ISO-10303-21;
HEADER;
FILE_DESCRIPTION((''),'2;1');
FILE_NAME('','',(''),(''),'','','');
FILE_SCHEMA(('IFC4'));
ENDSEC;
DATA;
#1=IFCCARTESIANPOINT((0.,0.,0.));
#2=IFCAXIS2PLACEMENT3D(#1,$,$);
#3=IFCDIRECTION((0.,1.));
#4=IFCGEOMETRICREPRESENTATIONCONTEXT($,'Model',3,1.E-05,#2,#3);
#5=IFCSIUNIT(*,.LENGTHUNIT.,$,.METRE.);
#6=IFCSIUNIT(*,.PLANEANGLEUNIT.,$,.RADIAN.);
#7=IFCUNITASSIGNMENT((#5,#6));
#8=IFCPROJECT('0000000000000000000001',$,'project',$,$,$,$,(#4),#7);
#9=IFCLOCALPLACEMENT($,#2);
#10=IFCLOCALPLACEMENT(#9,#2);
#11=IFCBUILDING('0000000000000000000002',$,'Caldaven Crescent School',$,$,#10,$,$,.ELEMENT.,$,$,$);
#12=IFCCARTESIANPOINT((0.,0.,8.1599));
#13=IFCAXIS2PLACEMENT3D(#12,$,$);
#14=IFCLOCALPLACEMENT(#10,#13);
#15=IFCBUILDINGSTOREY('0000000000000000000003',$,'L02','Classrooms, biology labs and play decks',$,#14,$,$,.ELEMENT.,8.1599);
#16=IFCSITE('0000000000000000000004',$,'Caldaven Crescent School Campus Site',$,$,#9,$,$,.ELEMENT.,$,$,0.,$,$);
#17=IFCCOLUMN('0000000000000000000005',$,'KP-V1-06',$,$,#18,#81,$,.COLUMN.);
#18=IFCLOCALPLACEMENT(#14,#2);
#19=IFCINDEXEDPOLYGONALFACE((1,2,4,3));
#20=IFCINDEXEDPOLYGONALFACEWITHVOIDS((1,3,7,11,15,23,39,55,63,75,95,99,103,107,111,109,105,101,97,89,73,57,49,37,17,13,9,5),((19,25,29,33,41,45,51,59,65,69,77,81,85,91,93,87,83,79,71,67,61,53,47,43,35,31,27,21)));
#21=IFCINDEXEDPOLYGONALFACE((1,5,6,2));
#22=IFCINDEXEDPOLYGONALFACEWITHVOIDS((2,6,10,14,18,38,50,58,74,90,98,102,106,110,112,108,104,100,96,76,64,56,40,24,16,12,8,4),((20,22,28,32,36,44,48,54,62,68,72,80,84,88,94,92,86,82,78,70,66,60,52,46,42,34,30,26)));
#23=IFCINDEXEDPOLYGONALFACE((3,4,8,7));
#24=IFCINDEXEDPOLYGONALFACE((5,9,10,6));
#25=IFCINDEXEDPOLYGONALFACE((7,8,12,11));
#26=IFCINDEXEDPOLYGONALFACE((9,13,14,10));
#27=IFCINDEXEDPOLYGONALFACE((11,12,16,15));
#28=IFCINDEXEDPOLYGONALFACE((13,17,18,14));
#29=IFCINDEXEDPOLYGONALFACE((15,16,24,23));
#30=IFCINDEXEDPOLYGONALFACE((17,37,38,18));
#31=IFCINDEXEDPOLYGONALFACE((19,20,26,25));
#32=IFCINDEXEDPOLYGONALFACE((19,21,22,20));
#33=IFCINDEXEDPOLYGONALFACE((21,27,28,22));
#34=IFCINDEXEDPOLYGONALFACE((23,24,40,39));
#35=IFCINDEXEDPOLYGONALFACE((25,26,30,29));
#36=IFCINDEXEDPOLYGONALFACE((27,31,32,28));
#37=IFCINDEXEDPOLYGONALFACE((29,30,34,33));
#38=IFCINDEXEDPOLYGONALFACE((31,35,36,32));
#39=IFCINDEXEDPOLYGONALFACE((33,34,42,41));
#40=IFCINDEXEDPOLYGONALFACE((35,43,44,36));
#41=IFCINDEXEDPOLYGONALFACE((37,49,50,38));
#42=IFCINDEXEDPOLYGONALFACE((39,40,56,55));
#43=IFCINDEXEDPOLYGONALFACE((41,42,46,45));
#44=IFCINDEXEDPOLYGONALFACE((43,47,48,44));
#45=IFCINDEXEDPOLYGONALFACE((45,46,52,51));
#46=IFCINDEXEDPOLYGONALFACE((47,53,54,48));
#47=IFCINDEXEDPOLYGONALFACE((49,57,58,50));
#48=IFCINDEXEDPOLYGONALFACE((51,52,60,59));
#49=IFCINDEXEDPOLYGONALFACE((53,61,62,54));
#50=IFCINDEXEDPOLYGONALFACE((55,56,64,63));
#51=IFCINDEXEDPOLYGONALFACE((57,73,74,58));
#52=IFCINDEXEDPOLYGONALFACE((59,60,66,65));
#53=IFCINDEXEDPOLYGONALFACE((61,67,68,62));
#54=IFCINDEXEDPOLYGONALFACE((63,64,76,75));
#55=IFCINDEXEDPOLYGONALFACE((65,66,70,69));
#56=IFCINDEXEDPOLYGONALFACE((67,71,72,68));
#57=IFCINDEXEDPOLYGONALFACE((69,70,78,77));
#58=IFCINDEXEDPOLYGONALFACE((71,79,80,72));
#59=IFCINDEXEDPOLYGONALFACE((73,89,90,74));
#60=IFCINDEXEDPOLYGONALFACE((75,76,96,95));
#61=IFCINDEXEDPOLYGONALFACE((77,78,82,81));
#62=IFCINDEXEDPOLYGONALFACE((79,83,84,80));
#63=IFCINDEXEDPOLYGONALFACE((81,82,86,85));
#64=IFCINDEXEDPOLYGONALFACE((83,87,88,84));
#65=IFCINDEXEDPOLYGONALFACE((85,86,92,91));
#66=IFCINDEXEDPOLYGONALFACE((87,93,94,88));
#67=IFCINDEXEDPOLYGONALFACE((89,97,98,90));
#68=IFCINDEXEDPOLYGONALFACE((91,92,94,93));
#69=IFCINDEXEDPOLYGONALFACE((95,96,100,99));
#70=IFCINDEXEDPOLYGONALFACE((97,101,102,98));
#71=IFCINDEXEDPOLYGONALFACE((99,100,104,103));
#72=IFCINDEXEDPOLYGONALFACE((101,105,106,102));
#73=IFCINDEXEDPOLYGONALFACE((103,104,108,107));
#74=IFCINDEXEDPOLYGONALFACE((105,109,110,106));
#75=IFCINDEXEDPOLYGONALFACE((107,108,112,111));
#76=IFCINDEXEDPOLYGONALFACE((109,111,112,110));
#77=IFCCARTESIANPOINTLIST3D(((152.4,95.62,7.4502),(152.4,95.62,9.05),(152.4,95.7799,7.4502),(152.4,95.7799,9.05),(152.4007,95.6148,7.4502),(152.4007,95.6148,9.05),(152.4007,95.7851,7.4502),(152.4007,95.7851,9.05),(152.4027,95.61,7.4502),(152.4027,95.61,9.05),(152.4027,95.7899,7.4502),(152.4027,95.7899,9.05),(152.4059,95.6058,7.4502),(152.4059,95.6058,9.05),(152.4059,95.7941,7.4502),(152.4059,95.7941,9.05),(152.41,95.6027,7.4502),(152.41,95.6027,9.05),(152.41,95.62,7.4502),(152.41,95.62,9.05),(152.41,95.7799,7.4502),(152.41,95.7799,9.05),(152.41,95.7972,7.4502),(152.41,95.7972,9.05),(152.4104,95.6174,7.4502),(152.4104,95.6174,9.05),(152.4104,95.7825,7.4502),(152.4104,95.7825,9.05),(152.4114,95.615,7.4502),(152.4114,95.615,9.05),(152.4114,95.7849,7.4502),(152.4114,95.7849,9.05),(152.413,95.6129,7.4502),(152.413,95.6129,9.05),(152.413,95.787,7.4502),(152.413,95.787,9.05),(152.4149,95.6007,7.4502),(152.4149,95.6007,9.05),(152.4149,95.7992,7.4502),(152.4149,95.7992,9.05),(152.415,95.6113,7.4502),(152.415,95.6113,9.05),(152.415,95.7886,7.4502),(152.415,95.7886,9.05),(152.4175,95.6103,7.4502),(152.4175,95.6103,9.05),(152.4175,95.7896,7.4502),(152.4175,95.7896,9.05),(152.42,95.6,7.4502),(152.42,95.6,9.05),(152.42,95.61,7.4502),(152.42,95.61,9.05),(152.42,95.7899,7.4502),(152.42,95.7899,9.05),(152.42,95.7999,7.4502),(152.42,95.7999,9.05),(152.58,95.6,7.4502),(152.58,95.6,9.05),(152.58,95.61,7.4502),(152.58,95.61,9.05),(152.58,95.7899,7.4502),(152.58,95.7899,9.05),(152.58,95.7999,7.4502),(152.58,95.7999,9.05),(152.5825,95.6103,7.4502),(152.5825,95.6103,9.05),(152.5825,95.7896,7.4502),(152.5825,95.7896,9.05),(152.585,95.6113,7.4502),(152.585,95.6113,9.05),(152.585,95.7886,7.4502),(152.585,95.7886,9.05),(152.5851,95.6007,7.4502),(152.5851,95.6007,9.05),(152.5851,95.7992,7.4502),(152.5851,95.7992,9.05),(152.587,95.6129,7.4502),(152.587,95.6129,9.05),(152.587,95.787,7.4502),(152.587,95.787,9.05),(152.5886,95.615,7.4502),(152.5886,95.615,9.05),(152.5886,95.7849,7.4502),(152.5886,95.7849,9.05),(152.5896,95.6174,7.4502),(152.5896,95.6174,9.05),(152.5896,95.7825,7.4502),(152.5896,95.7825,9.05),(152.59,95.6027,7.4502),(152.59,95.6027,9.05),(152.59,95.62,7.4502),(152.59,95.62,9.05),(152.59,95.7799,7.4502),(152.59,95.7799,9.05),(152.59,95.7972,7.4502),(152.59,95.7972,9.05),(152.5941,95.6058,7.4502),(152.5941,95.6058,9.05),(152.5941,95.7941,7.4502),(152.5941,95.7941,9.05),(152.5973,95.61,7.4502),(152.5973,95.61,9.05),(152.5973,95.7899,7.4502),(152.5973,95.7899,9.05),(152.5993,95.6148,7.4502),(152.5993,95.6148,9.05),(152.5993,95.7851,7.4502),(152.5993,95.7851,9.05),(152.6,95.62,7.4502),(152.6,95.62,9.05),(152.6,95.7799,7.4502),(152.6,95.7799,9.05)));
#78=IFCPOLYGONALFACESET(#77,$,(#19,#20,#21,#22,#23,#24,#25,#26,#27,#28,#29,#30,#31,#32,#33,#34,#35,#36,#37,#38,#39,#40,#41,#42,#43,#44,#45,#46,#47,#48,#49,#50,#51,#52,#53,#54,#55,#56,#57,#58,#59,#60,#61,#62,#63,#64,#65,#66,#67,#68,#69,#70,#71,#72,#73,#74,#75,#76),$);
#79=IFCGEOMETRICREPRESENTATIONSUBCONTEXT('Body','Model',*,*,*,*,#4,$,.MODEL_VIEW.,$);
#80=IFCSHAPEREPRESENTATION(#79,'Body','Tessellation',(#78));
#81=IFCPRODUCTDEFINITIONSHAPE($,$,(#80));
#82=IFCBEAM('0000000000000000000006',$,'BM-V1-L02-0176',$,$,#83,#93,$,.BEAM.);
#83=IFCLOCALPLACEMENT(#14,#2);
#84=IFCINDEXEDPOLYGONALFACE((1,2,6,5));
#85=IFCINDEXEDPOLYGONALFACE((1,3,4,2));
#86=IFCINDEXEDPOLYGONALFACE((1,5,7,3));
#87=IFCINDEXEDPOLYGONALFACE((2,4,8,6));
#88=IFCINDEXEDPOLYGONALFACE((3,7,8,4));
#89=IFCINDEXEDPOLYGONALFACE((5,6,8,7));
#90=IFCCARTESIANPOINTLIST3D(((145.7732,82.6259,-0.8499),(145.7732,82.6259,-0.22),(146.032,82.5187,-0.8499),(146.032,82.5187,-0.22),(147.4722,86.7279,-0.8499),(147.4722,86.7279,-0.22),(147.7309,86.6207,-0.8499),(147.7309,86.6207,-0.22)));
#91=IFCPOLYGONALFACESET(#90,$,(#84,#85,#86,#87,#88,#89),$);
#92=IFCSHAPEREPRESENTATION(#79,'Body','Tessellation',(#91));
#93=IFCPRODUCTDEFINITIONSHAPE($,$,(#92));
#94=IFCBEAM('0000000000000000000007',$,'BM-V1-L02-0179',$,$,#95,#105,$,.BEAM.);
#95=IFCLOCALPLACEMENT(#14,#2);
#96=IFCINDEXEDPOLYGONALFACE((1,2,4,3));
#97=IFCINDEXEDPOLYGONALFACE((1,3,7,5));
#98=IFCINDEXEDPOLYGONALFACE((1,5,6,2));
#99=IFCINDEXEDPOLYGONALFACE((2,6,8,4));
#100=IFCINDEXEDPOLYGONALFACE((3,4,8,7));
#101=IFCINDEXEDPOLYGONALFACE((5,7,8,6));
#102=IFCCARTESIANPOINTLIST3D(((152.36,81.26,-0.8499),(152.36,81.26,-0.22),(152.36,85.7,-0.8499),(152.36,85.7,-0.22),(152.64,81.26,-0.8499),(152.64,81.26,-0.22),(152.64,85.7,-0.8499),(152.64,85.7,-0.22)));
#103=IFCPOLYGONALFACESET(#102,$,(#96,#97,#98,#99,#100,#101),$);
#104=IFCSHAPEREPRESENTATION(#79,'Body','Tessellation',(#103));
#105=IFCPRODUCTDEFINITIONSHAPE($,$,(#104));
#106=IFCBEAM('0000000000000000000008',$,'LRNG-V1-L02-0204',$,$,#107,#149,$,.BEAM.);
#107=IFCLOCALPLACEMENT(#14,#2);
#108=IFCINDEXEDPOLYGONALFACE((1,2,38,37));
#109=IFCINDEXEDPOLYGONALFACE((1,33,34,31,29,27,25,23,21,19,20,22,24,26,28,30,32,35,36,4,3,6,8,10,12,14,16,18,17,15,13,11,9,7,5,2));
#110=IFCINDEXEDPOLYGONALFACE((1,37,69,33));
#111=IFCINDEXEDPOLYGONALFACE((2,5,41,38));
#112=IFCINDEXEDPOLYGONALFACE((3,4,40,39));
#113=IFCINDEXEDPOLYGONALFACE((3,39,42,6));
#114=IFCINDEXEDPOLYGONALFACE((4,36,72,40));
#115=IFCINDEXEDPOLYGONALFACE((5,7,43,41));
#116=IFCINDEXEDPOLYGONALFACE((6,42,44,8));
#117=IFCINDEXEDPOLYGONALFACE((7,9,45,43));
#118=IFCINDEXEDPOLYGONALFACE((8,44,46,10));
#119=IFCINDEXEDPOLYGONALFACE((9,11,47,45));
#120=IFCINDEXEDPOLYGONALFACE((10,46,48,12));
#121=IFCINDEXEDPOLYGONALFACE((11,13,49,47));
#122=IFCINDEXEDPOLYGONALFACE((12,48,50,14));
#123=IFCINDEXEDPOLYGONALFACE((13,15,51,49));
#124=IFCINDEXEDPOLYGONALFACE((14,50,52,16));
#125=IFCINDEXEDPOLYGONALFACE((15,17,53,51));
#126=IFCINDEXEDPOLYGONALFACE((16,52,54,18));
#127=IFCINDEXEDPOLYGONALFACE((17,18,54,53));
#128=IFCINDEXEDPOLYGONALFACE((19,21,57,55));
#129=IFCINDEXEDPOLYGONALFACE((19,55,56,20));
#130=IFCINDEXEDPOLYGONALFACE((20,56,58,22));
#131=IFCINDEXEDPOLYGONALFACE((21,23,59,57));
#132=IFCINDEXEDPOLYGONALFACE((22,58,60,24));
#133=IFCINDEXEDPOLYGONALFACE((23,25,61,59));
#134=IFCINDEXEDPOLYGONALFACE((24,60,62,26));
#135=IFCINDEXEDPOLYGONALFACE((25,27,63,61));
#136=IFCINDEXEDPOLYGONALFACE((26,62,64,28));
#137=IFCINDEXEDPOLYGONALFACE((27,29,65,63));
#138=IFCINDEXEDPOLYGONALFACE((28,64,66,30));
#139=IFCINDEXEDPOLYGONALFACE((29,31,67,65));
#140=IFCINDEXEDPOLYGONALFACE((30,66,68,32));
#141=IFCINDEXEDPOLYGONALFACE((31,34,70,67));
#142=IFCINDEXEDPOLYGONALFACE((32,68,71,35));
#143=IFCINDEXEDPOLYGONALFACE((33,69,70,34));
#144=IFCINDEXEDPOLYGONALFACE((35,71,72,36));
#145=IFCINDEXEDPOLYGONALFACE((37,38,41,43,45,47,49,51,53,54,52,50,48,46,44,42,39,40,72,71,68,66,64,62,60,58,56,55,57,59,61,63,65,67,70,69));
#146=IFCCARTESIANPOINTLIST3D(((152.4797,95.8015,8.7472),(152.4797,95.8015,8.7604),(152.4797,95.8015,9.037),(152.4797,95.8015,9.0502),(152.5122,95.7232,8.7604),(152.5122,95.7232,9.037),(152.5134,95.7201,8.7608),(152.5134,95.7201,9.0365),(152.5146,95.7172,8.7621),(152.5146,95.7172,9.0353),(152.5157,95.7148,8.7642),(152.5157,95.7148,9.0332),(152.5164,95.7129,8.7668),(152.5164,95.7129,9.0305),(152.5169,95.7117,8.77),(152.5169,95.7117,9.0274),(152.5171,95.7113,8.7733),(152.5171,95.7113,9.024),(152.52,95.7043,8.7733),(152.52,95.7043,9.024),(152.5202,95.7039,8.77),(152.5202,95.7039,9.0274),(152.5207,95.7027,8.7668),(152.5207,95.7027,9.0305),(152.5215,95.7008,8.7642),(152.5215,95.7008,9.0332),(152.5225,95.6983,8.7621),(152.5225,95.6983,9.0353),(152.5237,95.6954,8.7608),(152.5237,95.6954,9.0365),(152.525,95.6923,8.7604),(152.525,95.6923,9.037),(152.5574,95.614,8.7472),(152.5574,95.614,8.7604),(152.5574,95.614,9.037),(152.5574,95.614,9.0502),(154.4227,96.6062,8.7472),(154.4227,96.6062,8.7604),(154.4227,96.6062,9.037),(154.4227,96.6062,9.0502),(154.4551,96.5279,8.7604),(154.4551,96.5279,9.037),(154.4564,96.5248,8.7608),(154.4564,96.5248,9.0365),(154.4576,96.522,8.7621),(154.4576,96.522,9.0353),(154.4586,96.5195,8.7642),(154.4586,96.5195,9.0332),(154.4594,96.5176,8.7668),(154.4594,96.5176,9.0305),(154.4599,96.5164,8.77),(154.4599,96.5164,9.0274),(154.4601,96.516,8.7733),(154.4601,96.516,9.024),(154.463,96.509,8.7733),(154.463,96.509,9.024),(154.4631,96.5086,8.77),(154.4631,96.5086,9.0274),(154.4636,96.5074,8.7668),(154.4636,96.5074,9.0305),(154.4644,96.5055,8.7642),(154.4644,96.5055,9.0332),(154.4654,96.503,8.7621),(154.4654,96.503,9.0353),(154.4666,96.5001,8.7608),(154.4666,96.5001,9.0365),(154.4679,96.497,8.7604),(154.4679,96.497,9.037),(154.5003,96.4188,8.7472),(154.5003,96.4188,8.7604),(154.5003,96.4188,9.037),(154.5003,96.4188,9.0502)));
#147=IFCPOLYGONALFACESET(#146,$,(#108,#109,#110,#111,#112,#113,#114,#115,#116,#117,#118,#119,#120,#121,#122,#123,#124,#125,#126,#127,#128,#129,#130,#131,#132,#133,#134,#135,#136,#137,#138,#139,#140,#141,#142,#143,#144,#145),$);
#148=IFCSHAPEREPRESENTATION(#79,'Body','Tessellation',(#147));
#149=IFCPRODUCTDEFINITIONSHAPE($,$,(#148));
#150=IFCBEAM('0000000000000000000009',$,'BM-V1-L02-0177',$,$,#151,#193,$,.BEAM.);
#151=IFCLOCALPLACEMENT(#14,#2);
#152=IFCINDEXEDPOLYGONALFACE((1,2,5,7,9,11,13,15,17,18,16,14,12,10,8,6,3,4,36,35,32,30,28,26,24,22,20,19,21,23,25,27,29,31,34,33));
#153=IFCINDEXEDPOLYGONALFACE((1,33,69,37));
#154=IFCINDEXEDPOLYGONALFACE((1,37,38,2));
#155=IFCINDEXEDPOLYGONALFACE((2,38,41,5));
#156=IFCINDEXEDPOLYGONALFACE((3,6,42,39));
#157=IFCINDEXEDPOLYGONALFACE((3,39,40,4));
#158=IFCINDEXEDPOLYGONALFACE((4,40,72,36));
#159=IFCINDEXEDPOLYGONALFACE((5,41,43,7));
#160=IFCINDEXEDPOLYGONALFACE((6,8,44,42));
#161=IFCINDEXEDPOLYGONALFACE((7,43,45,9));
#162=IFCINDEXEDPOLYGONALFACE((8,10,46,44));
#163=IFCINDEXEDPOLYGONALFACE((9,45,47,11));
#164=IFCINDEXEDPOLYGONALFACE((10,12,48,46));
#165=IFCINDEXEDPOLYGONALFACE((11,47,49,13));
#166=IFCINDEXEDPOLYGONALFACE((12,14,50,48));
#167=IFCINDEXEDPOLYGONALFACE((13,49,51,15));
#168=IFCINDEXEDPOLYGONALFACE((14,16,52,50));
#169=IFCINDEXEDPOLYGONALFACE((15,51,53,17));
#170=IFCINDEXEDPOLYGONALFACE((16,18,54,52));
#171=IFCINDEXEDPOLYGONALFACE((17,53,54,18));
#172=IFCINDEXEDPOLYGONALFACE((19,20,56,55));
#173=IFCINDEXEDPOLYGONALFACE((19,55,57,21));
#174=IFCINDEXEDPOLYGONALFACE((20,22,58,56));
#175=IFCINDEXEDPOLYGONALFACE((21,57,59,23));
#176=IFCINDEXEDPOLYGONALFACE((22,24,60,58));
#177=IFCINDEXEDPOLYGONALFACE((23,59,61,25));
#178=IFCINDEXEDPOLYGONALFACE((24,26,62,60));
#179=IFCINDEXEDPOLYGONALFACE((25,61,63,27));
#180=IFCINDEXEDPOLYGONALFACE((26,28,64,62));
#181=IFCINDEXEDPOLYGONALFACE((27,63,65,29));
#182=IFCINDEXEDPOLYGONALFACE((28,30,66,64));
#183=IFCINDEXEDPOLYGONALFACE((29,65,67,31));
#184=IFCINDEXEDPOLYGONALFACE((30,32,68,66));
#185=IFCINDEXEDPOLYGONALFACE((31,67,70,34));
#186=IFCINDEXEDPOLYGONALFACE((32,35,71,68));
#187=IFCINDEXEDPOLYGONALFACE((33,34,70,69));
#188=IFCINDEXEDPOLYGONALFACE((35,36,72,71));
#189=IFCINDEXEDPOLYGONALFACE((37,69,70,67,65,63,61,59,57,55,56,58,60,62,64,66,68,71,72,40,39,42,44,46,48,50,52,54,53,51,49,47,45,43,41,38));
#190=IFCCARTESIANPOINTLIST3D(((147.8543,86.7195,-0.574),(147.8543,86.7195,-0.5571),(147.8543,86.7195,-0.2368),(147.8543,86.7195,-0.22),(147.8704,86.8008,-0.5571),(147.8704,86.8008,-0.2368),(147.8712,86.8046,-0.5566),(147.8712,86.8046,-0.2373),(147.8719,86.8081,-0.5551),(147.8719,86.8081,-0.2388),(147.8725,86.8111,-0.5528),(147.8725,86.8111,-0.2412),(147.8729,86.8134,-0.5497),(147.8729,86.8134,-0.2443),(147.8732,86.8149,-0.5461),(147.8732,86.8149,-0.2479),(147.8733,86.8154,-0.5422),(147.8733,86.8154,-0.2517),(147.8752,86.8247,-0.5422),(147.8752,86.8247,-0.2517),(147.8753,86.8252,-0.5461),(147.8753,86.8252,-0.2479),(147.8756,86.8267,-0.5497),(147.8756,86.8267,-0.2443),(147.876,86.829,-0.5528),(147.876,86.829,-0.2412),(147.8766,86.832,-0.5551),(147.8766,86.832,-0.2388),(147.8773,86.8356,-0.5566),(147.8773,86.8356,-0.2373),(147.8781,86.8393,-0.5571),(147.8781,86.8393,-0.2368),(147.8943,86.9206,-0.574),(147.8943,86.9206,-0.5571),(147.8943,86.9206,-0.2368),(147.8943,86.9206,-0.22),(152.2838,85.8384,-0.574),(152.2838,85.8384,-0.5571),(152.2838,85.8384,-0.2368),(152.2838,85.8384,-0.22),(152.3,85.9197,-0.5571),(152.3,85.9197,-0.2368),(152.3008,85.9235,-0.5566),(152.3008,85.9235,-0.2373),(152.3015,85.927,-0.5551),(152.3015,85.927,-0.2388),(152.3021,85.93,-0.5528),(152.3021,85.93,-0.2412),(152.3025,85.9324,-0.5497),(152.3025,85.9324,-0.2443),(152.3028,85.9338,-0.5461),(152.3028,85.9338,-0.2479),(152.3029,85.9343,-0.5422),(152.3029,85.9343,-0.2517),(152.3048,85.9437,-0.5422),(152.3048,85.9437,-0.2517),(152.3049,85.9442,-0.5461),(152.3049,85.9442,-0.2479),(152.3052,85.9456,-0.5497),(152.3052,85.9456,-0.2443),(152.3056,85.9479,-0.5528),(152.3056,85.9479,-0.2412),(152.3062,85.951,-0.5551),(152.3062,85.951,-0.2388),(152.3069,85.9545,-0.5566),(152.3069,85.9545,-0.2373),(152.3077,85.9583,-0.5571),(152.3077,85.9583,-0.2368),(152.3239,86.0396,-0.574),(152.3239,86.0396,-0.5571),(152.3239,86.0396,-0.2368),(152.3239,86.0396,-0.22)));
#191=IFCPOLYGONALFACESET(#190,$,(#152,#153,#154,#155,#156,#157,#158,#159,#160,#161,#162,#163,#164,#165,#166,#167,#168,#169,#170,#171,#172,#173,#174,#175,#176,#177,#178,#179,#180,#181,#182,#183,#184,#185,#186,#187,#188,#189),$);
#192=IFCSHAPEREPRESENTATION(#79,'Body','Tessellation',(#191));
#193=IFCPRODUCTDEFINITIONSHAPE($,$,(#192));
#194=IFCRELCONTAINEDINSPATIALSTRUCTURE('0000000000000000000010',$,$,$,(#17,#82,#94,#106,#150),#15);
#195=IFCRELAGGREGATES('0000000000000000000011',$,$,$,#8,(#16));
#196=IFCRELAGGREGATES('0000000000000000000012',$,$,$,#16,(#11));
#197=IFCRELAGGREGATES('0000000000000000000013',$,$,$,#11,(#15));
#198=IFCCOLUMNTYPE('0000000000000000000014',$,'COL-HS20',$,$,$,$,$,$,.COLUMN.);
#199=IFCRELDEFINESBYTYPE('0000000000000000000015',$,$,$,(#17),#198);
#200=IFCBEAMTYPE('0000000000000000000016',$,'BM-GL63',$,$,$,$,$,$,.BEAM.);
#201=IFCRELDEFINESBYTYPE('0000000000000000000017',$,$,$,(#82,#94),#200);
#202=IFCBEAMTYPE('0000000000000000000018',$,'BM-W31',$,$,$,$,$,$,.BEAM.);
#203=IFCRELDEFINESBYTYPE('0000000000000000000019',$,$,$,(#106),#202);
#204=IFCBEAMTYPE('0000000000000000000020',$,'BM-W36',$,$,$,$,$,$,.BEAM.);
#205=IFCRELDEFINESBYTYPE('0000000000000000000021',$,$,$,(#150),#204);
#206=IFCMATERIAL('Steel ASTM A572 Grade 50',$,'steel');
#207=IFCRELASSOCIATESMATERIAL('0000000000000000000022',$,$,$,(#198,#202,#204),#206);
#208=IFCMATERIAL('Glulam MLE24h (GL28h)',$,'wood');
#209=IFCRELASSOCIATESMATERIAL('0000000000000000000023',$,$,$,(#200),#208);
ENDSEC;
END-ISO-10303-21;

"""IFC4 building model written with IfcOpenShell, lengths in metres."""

from ifc_helpers import new_model, si_unit, direction, frame, origin, origin_2d, place, context, subcontext, project, spatial, rectangle, hollow_rectangle, i_section, extrude, material, material_profile, profile_set, type_object, element, save


model = new_model("IFC4")

# Units and contexts
model_context = context("Model", 3, precision=1e-05, world=origin(), true_north=direction((0.0, 1.0)))
body_context = subcontext(model_context, "Body", "Model", "MODEL_VIEW")
ifc_project = project(units=[si_unit("LENGTHUNIT", "METRE"), si_unit("PLANEANGLEUNIT", "RADIAN")], contexts=[model_context])

# Site, building, storey
site_placement = place(None, origin())
site = spatial("IfcSite", under=ifc_project, at=site_placement, Name="Caldaven Crescent School Campus Site", CompositionType="ELEMENT", RefElevation=0.0)
building_placement = place(site_placement, origin())
building = spatial("IfcBuilding", under=site, at=building_placement, Name="Caldaven Crescent School", CompositionType="ELEMENT")
storey_placement = place(building_placement, frame((0.0, 0.0, 8.1599)))
storey = spatial("IfcBuildingStorey", under=building, at=storey_placement, Name="L02", Description="Classrooms, biology labs and play decks", CompositionType="ELEMENT", Elevation=8.1599)

# Column
ifc_material_1 = material(Name="Steel ASTM A572 Grade 50", Category="steel")
ifc_material_profile_1 = material_profile(ifc_material_1, hollow_rectangle(XDim=0.2, YDim=0.2, WallThickness=0.01, InnerFilletRadius=0.01, OuterFilletRadius=0.02, at=origin_2d()), Name="HSS 200x200x10")
ifc_profile_set_1 = profile_set([ifc_material_profile_1], Name="Steel ASTM A572 Grade 50")
column_type = type_object("IfcColumnType", Name="COL-HS20", PredefinedType="COLUMN", material=ifc_profile_set_1)
column_placement = place(storey_placement, frame((152.5, 95.7, 7.4502), z_axis=(0.0, 0.0, 1.0), x_axis=(0.0, -1.0, 0.0)))
element("IfcColumn", 1, at=column_placement, inside=storey, type_object=column_type, Name="KP-V1-06", PredefinedType="COLUMN", context=body_context, shape_type="SweptSolid", body=[
    extrude(hollow_rectangle(XDim=0.2, YDim=0.2, WallThickness=0.01, InnerFilletRadius=0.01, OuterFilletRadius=0.02, at=origin_2d()), origin(), (0.0, 0.0, 1.0), 1.5999),
])

# Beams
ifc_material_2 = material(Name="Glulam MLE24h (GL28h)", Category="wood")
ifc_material_profile_2 = material_profile(ifc_material_2, rectangle(XDim=0.28, YDim=0.6299, at=origin_2d()), Name="MLE 280x630")
ifc_profile_set_2 = profile_set([ifc_material_profile_2], Name="Glulam MLE24h (GL28h)")
beam_type_1 = type_object("IfcBeamType", Name="BM-GL63", PredefinedType="BEAM", material=ifc_profile_set_2)
for number, where, z_axis, x_axis, name in (
    (2, (147.6016, 86.6743, -0.5349), (-0.382655, -0.923892, 0.0), (0.923892, -0.382655, 0.0), "BM-V1-L02-0176"),
    (3, (152.5, 85.7, -0.5349), (0.0, -1.0, 0.0), (1.0, 0.0, 0.0), "BM-V1-L02-0179"),
):
    element("IfcBeam", number, at=place(storey_placement, frame(where, z_axis=z_axis, x_axis=x_axis)), inside=storey, type_object=beam_type_1, Name=name, PredefinedType="BEAM", context=body_context, shape_type="SweptSolid", body=[
        extrude(rectangle(XDim=0.28, YDim=0.6299, at=origin_2d()), origin(), (0.0, 0.0, 1.0), 4.4399),
    ])
ifc_material_profile_3 = material_profile(ifc_material_1, i_section(OverallWidth=0.2029, OverallDepth=0.303, WebThickness=0.0076, FlangeThickness=0.0132, FilletRadius=0.0129, at=origin_2d()), Name="W310x60")
ifc_profile_set_3 = profile_set([ifc_material_profile_3], Name="Steel ASTM A572 Grade 50")
beam_type_2 = type_object("IfcBeamType", Name="BM-W31", PredefinedType="BEAM", material=ifc_profile_set_3)
beam_1_placement = place(storey_placement, frame((152.5186, 95.7078, 8.8987), z_axis=(0.923892, 0.382653, 0.0), x_axis=(-0.382653, 0.923892, 0.0)))
element("IfcBeam", 4, at=beam_1_placement, inside=storey, type_object=beam_type_2, Name="LRNG-V1-L02-0204", PredefinedType="BEAM", context=body_context, shape_type="SweptSolid", body=[
    extrude(i_section(OverallWidth=0.2029, OverallDepth=0.303, WebThickness=0.0076, FlangeThickness=0.0132, FilletRadius=0.0129, at=origin_2d()), origin(), (0.0, 0.0, 1.0), 2.103),
])
ifc_material_profile_4 = material_profile(ifc_material_1, i_section(OverallWidth=0.2051, OverallDepth=0.354, WebThickness=0.0095, FlangeThickness=0.0168, FilletRadius=0.0149, at=origin_2d()), Name="W360x79")
ifc_profile_set_4 = profile_set([ifc_material_profile_4], Name="Steel ASTM A572 Grade 50")
beam_type_3 = type_object("IfcBeamType", Name="BM-W36", PredefinedType="BEAM", material=ifc_profile_set_4)
beam_2_placement = place(storey_placement, frame((147.8743, 86.8201, -0.397), z_axis=(0.980786, -0.195087, 0.0), x_axis=(0.195087, 0.980786, 0.0)))
element("IfcBeam", 5, at=beam_2_placement, inside=storey, type_object=beam_type_3, Name="BM-V1-L02-0177", PredefinedType="BEAM", context=body_context, shape_type="SweptSolid", body=[
    extrude(i_section(OverallWidth=0.2051, OverallDepth=0.354, WebThickness=0.0095, FlangeThickness=0.0168, FilletRadius=0.0149, at=origin_2d()), origin(), (0.0, 0.0, 1.0), 4.5164),
])

save(model, "model.ifc")
